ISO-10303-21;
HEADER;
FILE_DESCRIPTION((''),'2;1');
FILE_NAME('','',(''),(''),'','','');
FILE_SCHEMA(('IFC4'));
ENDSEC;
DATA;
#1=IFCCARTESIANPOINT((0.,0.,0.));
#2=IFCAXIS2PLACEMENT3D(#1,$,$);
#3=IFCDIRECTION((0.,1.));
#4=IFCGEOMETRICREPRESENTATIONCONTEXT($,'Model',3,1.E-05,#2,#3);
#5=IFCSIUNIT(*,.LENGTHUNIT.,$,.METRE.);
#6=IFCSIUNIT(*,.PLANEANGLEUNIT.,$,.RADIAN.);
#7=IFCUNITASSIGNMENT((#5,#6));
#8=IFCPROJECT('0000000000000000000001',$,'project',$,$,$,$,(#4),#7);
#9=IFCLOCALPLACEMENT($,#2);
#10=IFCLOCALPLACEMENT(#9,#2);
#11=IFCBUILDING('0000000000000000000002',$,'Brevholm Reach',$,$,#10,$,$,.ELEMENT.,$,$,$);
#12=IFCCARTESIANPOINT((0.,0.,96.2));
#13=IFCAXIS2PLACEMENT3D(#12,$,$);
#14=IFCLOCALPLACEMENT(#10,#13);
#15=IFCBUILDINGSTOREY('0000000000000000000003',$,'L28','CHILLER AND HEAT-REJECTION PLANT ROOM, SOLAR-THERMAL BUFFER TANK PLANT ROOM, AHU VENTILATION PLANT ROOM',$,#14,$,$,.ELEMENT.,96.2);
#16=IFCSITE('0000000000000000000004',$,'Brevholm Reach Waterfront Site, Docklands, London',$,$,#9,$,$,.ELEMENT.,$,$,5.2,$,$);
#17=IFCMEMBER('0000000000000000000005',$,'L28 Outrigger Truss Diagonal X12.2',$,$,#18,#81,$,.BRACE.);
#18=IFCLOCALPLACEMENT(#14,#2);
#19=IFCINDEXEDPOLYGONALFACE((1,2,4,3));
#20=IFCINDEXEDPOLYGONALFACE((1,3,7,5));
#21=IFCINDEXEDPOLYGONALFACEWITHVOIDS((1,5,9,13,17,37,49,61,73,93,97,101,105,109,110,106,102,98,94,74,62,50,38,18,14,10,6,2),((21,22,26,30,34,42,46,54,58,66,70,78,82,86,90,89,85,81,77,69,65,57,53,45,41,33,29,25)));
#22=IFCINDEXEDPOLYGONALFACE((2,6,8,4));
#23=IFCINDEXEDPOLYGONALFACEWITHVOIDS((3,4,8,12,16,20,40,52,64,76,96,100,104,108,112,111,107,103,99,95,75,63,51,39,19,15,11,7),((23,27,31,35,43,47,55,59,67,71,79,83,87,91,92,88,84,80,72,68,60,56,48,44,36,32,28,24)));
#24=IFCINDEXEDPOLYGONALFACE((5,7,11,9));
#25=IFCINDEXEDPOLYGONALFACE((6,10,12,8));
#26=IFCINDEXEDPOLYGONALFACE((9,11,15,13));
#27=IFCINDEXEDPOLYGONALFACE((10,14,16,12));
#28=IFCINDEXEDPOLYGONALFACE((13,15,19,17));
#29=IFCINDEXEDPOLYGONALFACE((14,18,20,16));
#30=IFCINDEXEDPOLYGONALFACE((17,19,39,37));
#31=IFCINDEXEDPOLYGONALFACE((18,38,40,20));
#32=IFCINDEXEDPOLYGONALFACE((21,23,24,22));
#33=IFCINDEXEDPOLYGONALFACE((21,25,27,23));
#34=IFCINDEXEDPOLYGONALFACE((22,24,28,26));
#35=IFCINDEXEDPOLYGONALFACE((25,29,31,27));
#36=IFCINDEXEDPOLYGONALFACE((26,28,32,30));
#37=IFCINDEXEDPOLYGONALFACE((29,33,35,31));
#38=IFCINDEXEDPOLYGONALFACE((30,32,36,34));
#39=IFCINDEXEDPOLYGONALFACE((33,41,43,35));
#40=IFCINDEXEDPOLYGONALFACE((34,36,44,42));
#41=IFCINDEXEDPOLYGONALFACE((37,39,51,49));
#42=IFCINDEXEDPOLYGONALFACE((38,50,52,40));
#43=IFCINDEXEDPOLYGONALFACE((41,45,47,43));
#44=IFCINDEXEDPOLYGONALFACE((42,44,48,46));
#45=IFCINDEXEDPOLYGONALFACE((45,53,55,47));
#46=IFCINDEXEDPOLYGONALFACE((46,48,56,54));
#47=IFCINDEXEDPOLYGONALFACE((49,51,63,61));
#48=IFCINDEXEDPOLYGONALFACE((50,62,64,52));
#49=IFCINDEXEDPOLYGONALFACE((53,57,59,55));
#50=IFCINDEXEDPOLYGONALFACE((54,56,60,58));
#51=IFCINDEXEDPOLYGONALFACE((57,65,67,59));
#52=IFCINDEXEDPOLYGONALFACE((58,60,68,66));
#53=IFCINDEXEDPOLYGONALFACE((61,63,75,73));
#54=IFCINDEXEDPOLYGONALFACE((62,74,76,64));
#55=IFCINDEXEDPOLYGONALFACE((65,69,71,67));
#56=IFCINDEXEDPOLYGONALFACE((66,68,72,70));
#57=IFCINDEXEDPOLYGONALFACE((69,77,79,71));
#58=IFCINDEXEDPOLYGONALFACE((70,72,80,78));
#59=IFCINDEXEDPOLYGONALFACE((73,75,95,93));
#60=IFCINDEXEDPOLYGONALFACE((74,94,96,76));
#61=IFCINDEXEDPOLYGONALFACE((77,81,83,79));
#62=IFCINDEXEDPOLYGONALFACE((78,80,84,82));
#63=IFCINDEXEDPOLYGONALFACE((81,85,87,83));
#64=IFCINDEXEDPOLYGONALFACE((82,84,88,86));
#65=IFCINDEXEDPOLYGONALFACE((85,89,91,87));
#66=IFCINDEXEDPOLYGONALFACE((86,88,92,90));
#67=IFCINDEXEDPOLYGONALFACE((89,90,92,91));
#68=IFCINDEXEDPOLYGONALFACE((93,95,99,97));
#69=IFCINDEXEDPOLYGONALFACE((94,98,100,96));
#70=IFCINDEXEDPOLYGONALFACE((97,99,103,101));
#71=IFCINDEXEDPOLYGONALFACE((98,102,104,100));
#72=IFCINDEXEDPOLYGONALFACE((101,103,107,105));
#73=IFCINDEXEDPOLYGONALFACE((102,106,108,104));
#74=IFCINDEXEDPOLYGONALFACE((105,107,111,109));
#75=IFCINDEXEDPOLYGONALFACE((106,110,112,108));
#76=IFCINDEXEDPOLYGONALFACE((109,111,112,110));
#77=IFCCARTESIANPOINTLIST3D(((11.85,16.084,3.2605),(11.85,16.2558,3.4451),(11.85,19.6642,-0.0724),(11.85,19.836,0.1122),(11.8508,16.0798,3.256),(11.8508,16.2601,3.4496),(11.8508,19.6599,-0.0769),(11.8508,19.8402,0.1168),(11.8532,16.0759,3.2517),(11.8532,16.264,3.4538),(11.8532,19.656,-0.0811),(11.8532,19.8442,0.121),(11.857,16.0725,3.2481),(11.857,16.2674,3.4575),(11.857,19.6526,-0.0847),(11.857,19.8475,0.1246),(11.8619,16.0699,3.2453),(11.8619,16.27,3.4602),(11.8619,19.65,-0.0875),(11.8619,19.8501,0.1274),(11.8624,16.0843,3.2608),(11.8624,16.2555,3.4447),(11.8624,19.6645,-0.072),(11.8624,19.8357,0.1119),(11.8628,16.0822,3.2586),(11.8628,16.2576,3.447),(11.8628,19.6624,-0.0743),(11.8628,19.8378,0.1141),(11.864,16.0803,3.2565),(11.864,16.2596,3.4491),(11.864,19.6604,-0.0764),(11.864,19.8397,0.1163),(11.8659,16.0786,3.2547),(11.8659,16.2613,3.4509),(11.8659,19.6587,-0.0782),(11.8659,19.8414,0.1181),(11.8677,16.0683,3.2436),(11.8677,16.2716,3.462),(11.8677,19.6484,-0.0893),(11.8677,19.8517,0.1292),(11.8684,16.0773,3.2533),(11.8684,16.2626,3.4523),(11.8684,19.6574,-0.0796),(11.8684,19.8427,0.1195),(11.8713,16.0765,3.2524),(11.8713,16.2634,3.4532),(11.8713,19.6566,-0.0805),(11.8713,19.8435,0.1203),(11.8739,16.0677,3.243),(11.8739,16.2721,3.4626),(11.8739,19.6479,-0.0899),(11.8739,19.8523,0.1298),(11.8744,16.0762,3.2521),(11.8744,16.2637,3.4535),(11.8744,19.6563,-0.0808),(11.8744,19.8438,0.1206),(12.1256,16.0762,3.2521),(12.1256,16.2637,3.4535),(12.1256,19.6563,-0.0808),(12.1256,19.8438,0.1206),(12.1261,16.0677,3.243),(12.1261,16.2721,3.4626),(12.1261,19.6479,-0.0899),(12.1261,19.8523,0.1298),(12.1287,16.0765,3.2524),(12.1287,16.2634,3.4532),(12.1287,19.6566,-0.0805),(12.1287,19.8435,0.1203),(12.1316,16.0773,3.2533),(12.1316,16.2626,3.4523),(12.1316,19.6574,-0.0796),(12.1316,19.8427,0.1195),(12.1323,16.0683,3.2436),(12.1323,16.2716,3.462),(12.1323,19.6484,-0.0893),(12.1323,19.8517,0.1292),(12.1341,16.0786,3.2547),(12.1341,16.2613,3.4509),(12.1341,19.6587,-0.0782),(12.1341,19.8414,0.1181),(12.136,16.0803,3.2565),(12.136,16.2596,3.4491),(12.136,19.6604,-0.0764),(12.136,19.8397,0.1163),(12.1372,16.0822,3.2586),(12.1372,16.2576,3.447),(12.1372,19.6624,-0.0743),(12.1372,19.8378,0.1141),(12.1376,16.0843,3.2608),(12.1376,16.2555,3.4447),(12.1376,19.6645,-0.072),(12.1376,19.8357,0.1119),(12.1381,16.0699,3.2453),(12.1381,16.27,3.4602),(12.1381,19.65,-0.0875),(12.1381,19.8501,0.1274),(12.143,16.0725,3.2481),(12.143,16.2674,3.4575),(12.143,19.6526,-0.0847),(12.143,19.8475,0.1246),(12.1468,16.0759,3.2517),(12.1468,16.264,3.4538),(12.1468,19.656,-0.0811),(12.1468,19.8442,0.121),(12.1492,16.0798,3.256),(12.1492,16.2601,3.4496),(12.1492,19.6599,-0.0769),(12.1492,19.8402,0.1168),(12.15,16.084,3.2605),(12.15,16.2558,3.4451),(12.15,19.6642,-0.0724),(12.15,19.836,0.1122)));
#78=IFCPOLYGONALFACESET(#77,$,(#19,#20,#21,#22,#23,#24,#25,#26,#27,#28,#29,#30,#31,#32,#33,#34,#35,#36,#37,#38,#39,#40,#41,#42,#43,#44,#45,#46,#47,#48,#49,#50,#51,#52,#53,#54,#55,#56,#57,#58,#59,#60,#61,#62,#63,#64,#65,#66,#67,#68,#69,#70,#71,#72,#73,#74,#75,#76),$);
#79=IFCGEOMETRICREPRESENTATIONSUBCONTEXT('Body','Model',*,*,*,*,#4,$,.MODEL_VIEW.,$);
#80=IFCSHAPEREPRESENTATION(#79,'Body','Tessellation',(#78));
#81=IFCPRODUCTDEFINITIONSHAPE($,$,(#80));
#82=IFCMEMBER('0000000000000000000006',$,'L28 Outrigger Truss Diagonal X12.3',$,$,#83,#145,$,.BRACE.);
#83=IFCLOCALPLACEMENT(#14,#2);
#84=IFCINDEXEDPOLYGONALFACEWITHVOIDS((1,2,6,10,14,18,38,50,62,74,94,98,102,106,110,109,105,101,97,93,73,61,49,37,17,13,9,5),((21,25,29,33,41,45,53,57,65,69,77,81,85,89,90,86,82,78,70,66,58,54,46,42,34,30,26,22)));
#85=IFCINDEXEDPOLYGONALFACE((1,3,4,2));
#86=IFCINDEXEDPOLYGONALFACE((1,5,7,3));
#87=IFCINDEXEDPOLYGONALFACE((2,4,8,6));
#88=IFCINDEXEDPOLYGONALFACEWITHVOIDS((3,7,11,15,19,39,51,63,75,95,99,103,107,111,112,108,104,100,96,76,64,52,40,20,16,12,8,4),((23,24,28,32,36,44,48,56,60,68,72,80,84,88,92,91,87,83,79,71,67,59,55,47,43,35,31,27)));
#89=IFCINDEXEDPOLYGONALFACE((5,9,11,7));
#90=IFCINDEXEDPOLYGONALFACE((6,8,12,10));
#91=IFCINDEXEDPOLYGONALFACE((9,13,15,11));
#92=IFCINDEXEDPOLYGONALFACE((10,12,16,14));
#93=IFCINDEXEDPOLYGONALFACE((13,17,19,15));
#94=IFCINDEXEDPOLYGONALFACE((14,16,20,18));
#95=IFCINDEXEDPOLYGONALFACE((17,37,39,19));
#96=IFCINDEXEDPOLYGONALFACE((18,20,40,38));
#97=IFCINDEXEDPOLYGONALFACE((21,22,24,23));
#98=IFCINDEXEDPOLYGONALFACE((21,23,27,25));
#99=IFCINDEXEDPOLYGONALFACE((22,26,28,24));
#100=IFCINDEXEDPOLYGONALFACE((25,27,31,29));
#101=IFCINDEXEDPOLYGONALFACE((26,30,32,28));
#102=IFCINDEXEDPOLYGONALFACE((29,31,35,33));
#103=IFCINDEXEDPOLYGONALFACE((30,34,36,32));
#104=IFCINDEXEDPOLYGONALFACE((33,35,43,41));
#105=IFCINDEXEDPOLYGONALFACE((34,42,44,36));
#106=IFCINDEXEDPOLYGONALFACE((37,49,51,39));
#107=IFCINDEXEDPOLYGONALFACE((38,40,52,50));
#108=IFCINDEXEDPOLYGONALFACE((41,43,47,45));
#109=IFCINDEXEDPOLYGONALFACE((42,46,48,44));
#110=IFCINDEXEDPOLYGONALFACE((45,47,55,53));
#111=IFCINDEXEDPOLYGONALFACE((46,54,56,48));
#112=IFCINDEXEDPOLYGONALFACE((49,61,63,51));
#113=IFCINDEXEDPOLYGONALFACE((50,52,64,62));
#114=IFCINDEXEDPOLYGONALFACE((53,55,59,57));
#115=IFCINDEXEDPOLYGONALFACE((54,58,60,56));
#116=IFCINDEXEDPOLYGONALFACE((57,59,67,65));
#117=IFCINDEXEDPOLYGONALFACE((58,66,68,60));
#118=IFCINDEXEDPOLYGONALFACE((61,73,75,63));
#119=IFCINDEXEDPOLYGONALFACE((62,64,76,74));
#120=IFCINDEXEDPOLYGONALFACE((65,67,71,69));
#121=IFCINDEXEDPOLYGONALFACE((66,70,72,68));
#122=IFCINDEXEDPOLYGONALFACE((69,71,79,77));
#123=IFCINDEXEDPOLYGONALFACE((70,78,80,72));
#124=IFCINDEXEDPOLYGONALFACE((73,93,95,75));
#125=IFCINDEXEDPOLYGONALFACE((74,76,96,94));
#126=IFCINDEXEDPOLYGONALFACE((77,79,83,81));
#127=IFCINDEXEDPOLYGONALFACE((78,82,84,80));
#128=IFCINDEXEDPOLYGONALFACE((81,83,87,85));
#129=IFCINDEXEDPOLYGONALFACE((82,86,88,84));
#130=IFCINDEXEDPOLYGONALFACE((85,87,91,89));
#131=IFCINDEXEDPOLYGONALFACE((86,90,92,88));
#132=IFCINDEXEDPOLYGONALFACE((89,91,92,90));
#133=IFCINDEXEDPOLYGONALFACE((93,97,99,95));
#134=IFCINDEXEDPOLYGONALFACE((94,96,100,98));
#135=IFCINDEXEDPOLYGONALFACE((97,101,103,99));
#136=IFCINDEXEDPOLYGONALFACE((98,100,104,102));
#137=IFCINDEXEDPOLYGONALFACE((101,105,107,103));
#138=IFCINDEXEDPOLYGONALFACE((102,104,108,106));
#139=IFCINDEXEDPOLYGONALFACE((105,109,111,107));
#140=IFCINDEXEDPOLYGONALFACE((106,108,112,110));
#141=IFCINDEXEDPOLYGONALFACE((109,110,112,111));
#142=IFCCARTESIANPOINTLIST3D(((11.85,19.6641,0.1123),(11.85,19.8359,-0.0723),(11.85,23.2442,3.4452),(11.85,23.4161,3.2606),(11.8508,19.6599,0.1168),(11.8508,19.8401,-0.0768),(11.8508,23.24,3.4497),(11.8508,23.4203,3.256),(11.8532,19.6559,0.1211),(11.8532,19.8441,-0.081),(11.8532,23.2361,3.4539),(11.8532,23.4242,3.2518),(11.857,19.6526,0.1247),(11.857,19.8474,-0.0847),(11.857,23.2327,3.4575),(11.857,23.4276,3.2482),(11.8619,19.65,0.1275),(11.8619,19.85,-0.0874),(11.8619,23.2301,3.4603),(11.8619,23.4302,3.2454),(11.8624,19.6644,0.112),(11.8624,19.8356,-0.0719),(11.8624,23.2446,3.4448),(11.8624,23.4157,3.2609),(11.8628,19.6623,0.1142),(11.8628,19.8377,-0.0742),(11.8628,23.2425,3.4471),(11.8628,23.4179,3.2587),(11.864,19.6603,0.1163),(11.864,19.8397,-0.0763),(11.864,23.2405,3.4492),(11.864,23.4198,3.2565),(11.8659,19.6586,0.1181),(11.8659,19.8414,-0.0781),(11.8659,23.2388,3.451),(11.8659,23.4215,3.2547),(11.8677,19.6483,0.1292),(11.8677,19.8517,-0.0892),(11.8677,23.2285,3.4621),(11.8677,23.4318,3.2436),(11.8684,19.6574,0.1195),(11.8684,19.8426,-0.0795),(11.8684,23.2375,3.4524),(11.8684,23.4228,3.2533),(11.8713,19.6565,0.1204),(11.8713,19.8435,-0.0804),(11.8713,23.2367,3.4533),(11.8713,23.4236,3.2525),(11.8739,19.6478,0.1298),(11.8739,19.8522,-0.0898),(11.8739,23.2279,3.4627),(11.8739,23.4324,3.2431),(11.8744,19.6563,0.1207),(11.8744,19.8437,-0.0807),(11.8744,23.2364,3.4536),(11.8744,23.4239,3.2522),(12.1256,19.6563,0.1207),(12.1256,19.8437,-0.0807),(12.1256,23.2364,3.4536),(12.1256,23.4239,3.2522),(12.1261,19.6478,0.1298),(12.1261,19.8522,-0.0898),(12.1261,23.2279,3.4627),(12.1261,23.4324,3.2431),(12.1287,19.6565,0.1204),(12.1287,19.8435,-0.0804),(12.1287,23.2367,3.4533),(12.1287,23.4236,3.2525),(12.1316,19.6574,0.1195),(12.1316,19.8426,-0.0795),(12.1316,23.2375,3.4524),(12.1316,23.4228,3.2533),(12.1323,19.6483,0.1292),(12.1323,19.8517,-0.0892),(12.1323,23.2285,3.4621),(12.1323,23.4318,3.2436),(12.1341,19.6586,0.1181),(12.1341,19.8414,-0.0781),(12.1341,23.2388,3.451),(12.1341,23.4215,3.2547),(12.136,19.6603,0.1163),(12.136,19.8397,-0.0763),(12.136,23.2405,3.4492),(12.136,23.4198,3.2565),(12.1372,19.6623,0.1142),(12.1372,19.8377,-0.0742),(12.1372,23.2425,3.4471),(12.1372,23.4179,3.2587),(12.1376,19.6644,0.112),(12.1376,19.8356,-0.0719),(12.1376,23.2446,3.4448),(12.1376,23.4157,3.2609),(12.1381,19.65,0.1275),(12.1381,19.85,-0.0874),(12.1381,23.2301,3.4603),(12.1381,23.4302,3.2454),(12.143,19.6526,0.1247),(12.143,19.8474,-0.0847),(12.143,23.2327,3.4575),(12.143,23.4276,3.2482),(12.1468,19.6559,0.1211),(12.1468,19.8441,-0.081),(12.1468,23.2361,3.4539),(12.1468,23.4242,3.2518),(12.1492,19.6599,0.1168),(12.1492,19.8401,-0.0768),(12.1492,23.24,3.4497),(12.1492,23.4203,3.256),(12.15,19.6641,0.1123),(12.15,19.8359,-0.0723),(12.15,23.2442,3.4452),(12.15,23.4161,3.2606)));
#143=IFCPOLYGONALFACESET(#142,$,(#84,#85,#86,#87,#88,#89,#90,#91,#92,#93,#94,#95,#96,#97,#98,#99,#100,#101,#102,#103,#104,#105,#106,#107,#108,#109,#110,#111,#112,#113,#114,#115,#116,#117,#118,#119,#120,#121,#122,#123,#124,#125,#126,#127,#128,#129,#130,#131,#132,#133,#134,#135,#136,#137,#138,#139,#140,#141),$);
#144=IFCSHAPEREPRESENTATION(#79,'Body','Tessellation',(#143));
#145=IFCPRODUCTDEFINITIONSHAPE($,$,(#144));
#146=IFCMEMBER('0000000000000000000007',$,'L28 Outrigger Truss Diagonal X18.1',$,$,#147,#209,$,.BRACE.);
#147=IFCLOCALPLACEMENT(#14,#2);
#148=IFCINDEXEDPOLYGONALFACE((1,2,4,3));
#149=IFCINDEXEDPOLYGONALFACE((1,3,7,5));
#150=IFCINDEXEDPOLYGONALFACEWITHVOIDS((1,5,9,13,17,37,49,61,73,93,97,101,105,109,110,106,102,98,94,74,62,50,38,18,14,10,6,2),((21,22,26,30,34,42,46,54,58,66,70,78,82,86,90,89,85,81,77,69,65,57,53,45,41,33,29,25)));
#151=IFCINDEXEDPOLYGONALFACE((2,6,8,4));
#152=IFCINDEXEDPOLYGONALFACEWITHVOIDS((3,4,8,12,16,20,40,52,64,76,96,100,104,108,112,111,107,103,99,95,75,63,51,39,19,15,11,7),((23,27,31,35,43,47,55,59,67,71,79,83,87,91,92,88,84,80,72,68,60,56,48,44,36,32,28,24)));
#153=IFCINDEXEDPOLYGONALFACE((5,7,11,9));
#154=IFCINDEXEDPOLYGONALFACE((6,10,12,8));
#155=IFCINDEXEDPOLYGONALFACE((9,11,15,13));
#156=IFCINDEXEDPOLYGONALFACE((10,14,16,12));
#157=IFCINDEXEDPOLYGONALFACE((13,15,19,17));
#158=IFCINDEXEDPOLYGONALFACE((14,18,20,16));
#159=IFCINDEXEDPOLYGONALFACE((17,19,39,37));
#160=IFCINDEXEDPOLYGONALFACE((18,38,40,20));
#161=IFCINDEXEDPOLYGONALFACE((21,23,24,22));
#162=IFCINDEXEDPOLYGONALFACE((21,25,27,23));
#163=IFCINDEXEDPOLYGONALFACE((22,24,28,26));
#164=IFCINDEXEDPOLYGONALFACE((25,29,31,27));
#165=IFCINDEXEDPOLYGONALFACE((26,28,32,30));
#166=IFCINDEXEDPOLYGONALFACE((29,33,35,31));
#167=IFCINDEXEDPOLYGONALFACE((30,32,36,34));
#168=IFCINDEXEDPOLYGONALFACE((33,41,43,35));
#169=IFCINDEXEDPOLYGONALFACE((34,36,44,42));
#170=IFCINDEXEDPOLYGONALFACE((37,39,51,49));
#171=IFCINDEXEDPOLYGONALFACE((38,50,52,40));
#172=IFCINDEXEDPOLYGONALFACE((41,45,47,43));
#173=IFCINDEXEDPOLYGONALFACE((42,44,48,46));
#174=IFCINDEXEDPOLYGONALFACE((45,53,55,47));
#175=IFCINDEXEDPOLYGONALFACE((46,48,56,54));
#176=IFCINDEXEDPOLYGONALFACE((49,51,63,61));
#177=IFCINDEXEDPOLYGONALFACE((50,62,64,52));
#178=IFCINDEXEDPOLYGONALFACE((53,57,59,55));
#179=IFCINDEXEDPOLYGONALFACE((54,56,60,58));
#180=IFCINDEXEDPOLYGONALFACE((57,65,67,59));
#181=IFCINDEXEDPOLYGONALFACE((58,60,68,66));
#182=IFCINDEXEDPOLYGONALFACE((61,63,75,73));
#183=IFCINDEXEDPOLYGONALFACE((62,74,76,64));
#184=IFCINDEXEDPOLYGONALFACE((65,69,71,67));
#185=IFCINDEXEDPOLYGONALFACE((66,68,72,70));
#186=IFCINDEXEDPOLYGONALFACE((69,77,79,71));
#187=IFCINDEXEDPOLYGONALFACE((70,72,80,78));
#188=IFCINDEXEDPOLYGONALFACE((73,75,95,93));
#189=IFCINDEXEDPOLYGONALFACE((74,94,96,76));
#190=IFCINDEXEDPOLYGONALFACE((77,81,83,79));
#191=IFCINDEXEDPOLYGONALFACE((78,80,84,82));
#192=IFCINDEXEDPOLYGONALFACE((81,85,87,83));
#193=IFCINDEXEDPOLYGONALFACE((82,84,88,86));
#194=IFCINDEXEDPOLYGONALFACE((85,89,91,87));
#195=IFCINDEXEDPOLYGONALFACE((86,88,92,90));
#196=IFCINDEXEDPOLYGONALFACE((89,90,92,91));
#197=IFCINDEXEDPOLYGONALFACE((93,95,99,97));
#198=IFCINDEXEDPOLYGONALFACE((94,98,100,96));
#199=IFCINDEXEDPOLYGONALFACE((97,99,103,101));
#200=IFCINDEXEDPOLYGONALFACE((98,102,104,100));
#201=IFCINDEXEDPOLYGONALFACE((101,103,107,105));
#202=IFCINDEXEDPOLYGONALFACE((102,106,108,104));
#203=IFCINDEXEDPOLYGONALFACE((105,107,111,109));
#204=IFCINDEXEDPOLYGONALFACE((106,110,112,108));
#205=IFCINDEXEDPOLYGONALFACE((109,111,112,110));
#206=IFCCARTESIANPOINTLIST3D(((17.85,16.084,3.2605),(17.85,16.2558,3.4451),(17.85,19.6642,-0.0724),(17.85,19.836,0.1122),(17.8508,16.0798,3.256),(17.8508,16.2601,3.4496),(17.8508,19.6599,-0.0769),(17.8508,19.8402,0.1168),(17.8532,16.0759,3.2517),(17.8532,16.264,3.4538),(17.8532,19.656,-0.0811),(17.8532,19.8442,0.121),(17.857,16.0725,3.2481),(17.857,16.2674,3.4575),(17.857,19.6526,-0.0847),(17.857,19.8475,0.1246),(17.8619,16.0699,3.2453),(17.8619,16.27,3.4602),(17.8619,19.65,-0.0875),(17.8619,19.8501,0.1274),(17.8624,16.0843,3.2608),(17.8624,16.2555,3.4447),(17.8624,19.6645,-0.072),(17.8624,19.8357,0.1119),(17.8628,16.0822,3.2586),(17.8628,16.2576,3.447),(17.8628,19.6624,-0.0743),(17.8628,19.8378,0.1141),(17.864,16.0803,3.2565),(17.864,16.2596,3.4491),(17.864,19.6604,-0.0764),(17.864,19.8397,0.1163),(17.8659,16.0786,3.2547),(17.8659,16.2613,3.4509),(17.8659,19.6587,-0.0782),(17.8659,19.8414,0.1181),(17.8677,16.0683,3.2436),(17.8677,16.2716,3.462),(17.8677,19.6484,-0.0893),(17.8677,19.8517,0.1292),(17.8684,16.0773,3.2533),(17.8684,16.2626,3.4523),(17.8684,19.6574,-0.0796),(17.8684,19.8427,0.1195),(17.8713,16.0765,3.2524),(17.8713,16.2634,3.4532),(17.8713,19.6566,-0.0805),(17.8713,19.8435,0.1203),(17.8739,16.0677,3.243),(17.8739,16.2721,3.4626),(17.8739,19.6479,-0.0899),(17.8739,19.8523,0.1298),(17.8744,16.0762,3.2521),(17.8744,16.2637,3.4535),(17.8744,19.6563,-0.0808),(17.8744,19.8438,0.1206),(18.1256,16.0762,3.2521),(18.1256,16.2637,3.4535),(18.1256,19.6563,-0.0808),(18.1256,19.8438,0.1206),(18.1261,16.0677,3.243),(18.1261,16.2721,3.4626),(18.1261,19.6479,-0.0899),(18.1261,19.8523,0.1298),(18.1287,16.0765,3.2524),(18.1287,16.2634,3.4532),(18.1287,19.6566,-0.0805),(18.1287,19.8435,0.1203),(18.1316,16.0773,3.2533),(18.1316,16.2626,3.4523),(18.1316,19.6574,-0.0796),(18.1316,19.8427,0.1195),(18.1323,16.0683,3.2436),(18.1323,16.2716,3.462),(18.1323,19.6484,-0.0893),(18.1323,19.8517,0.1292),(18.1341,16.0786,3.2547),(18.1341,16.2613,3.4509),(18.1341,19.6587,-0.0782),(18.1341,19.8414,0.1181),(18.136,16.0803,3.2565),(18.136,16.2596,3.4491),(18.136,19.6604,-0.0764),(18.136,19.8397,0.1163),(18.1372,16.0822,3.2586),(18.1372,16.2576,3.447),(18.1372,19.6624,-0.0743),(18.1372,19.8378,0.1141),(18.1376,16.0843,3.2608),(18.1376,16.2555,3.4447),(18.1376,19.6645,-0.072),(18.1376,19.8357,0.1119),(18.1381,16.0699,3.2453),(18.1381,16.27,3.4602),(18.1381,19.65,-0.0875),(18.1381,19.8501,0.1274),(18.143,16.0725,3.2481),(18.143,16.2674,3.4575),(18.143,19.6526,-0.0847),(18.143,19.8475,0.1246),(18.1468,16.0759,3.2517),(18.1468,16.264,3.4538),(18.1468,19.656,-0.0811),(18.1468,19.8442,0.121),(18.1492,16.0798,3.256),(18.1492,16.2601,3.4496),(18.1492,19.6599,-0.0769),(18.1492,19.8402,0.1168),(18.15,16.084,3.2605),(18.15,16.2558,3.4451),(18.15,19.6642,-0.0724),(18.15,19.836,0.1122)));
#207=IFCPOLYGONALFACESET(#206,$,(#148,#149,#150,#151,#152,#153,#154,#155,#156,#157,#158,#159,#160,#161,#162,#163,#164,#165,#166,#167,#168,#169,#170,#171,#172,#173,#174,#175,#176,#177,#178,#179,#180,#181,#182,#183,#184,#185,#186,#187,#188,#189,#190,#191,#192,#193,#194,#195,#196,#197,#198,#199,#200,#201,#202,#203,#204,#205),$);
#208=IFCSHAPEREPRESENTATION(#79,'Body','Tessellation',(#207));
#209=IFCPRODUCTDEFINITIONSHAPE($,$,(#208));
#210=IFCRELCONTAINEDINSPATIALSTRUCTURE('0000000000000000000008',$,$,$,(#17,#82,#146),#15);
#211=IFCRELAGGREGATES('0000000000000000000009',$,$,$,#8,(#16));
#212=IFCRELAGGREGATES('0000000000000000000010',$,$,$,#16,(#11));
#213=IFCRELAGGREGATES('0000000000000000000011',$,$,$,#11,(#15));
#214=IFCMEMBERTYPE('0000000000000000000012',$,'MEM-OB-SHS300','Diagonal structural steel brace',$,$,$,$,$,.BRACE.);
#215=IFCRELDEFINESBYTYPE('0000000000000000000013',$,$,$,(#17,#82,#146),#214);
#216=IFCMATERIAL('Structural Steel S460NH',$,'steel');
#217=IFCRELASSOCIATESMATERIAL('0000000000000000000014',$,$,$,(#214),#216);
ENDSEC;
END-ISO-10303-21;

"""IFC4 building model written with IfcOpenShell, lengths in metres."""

from ifc_helpers import new_model, si_unit, direction, frame, origin, origin_2d, place, context, subcontext, project, spatial, hollow_rectangle, extrude, material, material_profile, profile_set, type_object, element, save


model = new_model("IFC4")

# Units and contexts
model_context = context("Model", 3, precision=1e-05, world=origin(), true_north=direction((0.0, 1.0)))
body_context = subcontext(model_context, "Body", "Model", "MODEL_VIEW")
ifc_project = project(units=[si_unit("LENGTHUNIT", "METRE"), si_unit("PLANEANGLEUNIT", "RADIAN")], contexts=[model_context])

# Site, building, storey
site_placement = place(None, origin())
site = spatial("IfcSite", under=ifc_project, at=site_placement, Name="Brevholm Reach Waterfront Site, Docklands, London", CompositionType="ELEMENT", RefElevation=5.2)
building_placement = place(site_placement, origin())
building = spatial("IfcBuilding", under=site, at=building_placement, Name="Brevholm Reach", CompositionType="ELEMENT")
storey_placement = place(building_placement, frame((0.0, 0.0, 96.2)))
storey = spatial("IfcBuildingStorey", under=building, at=storey_placement, Name="L28", Description="CHILLER AND HEAT-REJECTION PLANT ROOM, SOLAR-THERMAL BUFFER TANK PLANT ROOM, AHU VENTILATION PLANT ROOM", CompositionType="ELEMENT", Elevation=96.2)

# Members
ifc_material_1 = material(Name="Structural Steel S460NH", Category="steel")
ifc_material_profile_1 = material_profile(ifc_material_1, hollow_rectangle(XDim=0.3, YDim=0.3, WallThickness=0.0125, InnerFilletRadius=0.012, OuterFilletRadius=0.0239, at=origin_2d()), Name="SHS 300x300x12.5")
ifc_profile_set_1 = profile_set([ifc_material_profile_1], Name="Structural Steel S460NH")
member_type = type_object("IfcMemberType", Name="MEM-OB-SHS300", Description="Diagonal structural steel brace", PredefinedType="BRACE", material=ifc_profile_set_1)
for number, where, z_axis, x_axis, name in (
    (1, (12.0, 16.1699, 3.3528), (0.0, 0.731936, -0.681373), (-1.0, 0.0, 0.0), "L28 Outrigger Truss Diagonal X12.2"),
    (2, (12.0, 19.75, 0.02), (0.0, 0.731936, 0.681373), (-1.0, 0.0, 0.0), "L28 Outrigger Truss Diagonal X12.3"),
    (3, (18.0, 16.1699, 3.3528), (0.0, 0.731936, -0.681373), (-1.0, 0.0, 0.0), "L28 Outrigger Truss Diagonal X18.1"),
):
    element("IfcMember", number, at=place(storey_placement, frame(where, z_axis=z_axis, x_axis=x_axis)), inside=storey, type_object=member_type, Name=name, PredefinedType="BRACE", context=body_context, shape_type="SweptSolid", body=[
        extrude(hollow_rectangle(XDim=0.3, YDim=0.3, WallThickness=0.0125, InnerFilletRadius=0.012, OuterFilletRadius=0.0239, at=origin_2d()), origin(), (0.0, 0.0, 1.0), 4.8914),
    ])

save(model, "model.ifc")
